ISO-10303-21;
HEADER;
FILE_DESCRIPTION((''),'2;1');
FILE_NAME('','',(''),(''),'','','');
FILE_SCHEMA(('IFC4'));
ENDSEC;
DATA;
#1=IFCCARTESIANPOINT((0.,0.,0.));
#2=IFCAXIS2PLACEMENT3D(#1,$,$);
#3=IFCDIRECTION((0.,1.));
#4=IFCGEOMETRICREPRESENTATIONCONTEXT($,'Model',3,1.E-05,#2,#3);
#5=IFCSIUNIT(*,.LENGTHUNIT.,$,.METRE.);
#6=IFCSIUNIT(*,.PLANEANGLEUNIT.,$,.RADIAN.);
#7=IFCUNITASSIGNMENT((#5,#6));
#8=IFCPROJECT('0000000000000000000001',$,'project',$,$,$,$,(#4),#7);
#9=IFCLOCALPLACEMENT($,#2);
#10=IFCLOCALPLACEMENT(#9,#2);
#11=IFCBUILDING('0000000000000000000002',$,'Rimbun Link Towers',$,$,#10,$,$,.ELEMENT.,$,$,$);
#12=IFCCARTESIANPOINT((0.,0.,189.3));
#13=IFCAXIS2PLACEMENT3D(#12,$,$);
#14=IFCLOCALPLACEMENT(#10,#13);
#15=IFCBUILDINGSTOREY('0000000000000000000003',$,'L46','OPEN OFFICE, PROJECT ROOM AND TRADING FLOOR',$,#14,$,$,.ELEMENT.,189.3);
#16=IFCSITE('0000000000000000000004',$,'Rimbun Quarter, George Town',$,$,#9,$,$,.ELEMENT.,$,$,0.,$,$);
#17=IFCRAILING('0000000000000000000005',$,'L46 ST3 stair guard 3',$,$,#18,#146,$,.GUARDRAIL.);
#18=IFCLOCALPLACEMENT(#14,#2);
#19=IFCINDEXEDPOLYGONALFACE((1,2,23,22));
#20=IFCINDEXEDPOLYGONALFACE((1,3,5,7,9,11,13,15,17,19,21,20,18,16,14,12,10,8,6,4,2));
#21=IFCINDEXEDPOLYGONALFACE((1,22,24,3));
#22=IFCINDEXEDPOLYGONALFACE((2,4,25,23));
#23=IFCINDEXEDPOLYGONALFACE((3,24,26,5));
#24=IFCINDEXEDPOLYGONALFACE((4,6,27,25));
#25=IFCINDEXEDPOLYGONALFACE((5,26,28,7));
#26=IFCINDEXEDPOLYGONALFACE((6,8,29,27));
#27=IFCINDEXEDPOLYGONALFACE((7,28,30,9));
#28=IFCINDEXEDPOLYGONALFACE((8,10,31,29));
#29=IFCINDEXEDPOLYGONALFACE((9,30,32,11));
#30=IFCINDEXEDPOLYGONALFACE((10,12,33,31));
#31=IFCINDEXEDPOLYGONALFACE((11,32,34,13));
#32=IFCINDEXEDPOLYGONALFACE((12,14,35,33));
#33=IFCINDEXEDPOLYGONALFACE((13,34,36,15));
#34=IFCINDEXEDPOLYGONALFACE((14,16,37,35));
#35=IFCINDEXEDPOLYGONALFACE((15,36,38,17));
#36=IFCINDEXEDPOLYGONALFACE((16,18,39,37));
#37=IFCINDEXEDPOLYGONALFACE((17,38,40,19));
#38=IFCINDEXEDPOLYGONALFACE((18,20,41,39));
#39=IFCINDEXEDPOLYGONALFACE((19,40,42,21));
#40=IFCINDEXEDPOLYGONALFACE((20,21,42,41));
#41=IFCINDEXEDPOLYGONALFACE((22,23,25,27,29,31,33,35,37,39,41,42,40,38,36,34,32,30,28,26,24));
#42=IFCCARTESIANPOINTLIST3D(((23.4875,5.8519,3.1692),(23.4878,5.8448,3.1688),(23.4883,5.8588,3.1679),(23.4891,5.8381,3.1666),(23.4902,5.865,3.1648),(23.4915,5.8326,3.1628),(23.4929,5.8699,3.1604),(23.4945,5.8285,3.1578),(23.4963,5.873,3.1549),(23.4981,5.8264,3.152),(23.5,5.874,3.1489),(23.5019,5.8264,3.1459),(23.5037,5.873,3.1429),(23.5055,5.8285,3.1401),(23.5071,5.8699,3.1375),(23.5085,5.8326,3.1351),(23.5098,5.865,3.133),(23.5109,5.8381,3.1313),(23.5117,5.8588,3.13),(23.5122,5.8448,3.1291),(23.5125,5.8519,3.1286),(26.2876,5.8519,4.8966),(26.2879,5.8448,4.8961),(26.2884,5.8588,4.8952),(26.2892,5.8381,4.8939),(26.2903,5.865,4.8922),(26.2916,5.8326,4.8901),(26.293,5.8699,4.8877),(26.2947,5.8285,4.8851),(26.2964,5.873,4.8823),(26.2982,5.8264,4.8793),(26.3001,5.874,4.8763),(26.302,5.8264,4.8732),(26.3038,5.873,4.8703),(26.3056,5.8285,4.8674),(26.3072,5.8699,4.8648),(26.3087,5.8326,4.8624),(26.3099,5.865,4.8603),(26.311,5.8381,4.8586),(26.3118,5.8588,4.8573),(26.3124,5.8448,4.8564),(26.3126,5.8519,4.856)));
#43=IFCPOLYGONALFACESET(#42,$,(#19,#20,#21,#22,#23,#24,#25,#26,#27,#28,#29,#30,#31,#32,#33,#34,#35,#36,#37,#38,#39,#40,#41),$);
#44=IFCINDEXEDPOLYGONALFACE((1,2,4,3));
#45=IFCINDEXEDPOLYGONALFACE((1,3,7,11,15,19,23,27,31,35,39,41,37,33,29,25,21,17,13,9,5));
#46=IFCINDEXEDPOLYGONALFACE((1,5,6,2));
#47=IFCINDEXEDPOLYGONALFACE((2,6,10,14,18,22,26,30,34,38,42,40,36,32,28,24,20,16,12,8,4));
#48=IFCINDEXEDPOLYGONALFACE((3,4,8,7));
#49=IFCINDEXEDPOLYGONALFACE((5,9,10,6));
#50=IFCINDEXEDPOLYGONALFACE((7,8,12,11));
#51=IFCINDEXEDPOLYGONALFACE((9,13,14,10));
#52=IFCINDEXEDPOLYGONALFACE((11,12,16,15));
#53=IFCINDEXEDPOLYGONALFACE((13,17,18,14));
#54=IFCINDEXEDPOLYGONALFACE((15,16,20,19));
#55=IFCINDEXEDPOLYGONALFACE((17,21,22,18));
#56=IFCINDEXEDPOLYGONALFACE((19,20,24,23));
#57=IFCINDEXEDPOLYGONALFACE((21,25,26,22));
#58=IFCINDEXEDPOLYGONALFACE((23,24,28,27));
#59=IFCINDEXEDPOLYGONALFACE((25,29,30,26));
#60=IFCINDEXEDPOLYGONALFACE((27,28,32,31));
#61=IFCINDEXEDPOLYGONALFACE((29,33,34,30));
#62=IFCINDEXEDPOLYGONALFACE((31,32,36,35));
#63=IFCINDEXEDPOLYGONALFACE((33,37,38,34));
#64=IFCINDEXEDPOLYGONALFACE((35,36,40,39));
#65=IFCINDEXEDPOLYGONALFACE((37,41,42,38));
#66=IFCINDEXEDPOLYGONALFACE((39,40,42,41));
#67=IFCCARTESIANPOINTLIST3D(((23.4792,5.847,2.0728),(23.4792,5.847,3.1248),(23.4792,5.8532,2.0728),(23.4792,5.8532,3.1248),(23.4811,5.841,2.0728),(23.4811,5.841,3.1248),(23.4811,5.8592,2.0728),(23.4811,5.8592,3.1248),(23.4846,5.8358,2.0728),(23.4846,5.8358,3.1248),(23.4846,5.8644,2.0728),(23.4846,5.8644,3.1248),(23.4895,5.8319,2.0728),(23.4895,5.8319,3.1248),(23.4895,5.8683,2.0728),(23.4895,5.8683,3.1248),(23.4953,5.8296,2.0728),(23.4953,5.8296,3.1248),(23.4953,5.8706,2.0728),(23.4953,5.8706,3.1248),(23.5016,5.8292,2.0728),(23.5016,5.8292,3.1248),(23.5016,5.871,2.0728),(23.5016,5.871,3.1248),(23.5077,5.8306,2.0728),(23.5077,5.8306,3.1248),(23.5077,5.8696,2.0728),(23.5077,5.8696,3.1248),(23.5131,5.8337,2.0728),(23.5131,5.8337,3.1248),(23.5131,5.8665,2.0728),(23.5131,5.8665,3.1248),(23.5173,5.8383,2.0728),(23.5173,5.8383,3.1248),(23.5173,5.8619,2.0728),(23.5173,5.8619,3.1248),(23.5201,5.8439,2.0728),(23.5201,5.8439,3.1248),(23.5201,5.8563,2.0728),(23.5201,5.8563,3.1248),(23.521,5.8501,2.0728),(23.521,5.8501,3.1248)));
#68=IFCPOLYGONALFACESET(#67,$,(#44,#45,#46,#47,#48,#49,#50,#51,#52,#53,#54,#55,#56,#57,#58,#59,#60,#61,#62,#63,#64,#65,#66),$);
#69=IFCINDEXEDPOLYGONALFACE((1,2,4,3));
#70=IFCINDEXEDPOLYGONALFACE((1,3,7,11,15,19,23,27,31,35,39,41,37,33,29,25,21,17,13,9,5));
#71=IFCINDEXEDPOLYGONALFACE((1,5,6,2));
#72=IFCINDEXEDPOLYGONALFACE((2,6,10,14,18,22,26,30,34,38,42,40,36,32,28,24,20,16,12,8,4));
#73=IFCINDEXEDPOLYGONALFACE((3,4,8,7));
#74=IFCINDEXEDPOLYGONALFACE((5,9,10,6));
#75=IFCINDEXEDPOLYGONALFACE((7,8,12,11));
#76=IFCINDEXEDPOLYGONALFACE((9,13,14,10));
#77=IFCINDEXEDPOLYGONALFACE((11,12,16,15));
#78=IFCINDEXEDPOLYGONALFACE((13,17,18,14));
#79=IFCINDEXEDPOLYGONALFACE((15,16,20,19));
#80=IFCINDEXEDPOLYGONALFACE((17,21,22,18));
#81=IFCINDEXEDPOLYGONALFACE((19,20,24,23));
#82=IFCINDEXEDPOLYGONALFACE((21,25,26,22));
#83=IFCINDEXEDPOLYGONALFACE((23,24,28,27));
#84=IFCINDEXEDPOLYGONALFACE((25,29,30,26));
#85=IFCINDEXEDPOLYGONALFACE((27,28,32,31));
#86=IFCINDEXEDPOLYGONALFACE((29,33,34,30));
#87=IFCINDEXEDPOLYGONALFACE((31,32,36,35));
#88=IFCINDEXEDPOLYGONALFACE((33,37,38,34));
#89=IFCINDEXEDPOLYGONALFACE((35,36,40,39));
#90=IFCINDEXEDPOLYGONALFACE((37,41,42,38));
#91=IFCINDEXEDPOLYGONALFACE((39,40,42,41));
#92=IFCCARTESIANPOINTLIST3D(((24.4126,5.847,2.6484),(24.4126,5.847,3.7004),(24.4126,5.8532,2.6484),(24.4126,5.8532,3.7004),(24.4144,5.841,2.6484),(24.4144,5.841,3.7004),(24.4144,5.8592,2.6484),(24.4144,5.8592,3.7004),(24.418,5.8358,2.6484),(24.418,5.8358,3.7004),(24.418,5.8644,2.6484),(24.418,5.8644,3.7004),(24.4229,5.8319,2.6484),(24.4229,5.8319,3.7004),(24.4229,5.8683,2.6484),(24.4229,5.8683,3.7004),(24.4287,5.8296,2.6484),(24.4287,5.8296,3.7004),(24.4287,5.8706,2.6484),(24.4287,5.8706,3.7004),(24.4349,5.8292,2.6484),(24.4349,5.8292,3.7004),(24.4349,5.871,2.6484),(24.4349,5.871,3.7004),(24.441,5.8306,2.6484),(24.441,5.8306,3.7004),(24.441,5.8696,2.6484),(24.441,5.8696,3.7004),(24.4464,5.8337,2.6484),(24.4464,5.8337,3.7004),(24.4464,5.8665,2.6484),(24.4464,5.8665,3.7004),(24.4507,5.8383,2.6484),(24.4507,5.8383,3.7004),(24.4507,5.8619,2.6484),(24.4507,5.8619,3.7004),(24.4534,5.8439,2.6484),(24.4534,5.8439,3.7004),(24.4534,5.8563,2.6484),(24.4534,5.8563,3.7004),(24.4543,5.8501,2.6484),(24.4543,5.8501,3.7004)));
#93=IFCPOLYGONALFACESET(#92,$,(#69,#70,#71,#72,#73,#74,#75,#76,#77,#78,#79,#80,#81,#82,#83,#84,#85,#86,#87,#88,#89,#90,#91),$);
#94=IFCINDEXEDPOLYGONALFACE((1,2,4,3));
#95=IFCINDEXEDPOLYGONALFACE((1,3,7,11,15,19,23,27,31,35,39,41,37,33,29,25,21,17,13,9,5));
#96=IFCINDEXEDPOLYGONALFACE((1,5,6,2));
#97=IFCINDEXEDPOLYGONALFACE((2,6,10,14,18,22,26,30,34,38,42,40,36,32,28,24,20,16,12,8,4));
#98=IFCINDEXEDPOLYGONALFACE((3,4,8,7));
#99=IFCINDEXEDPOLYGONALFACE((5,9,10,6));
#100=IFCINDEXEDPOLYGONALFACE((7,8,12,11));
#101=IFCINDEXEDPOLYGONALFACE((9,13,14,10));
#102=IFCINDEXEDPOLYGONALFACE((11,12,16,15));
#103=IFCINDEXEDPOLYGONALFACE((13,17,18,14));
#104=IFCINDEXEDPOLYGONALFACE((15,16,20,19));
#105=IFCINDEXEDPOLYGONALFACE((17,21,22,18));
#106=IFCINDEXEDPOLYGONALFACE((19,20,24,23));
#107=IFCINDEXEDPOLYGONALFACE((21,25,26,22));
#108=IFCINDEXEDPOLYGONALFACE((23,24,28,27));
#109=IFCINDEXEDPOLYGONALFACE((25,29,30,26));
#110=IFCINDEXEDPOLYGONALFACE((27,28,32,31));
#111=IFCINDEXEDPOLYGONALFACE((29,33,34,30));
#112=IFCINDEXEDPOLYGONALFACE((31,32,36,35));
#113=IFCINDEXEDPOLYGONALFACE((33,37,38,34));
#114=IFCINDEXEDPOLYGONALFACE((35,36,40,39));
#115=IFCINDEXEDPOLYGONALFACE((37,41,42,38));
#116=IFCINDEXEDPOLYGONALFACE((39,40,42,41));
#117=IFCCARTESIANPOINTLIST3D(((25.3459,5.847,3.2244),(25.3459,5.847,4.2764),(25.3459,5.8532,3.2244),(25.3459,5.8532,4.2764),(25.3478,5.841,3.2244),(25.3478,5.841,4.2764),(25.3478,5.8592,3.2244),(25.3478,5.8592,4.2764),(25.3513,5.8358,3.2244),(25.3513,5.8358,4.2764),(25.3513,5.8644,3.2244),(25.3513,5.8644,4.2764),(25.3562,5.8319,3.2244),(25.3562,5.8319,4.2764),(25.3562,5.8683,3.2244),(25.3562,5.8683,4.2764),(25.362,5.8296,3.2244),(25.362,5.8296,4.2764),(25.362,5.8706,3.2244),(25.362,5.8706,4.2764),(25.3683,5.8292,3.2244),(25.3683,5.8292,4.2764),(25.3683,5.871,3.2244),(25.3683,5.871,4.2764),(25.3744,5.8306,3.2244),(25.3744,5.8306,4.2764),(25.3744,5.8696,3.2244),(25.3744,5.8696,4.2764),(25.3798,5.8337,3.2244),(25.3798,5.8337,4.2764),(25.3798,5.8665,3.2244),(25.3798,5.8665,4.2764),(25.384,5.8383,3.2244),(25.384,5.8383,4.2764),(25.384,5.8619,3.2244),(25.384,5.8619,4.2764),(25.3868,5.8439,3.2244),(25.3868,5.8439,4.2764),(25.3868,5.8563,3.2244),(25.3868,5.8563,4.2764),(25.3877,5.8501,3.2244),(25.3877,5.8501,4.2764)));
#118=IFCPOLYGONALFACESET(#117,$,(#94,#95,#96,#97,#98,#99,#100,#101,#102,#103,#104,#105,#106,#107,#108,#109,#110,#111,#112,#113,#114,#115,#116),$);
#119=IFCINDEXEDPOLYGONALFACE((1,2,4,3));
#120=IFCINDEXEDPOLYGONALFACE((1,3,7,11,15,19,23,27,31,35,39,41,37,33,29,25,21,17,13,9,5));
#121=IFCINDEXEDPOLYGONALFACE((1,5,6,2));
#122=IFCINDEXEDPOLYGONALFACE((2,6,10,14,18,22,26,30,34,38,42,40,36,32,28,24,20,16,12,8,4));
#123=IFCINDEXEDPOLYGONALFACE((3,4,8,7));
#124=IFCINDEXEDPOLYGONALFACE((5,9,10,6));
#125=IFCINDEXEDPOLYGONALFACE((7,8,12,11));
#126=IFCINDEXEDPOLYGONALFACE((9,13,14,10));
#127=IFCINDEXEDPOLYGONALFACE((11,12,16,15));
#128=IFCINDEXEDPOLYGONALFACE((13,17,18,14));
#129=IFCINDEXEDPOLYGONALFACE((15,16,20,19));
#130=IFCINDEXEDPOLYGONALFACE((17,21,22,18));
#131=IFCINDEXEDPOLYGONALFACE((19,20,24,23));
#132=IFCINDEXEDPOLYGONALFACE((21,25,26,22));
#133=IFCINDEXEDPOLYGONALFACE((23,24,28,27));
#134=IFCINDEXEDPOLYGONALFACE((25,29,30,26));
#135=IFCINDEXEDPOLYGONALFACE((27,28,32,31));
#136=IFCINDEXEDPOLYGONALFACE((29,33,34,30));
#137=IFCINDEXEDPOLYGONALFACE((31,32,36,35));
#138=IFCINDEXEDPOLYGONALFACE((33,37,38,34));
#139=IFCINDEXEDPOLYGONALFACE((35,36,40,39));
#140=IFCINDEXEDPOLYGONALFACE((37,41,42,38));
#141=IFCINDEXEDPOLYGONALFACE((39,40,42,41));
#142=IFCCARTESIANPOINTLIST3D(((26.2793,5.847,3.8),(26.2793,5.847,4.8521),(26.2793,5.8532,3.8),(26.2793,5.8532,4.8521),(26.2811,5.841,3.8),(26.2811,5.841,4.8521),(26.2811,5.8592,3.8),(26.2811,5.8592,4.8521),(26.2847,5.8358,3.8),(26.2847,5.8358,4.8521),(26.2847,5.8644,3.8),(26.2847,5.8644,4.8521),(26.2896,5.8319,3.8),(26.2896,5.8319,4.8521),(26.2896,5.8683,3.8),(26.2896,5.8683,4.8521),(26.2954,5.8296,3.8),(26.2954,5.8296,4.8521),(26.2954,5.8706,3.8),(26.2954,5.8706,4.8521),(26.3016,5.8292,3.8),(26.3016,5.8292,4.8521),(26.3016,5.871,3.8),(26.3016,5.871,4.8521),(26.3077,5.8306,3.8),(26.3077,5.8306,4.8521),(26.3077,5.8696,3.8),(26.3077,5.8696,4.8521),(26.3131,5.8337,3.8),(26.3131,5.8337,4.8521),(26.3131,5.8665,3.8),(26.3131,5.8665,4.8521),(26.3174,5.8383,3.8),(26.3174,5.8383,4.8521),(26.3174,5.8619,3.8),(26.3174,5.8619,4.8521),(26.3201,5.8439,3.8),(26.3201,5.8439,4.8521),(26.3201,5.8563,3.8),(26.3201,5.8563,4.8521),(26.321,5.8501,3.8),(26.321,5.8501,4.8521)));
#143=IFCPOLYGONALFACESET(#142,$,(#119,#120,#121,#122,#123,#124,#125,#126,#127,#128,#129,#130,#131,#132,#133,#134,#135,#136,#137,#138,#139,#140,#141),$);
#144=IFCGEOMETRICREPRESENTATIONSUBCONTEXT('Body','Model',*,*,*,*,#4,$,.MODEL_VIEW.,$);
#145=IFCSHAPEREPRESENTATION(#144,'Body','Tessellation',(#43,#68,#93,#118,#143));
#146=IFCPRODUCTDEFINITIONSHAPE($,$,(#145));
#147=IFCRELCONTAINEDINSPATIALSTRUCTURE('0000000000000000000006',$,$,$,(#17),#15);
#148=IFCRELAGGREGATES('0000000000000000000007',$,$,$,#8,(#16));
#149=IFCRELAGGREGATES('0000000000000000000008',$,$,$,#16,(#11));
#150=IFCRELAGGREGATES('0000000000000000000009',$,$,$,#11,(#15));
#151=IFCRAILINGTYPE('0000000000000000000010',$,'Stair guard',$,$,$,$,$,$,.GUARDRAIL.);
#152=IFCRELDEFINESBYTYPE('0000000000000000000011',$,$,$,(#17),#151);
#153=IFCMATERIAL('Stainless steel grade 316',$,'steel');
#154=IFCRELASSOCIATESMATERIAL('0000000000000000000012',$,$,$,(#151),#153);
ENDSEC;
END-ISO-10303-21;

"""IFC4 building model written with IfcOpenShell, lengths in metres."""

from ifc_helpers import new_model, si_unit, direction, frame, origin, origin_2d, place, context, subcontext, project, spatial, circle, extrude, material, type_object, element, save


model = new_model("IFC4")

# Units and contexts
model_context = context("Model", 3, precision=1e-05, world=origin(), true_north=direction((0.0, 1.0)))
body_context = subcontext(model_context, "Body", "Model", "MODEL_VIEW")
ifc_project = project(units=[si_unit("LENGTHUNIT", "METRE"), si_unit("PLANEANGLEUNIT", "RADIAN")], contexts=[model_context])

# Site, building, storey
site_placement = place(None, origin())
site = spatial("IfcSite", under=ifc_project, at=site_placement, Name="Rimbun Quarter, George Town", CompositionType="ELEMENT", RefElevation=0.0)
building_placement = place(site_placement, origin())
building = spatial("IfcBuilding", under=site, at=building_placement, Name="Rimbun Link Towers", CompositionType="ELEMENT")
storey_placement = place(building_placement, frame((0.0, 0.0, 189.3)))
storey = spatial("IfcBuildingStorey", under=building, at=storey_placement, Name="L46", Description="OPEN OFFICE, PROJECT ROOM AND TRADING FLOOR", CompositionType="ELEMENT", Elevation=189.3)

# Railing
ifc_material_1 = material(Name="Stainless steel grade 316", Category="steel")
railing_type_1 = type_object("IfcRailingType", Name="Stair guard", PredefinedType="GUARDRAIL", material=ifc_material_1)
railing_1_placement = place(storey_placement, frame((23.5, 5.8501, 2.0728)))
element("IfcRailing", 1, at=railing_1_placement, inside=storey, type_object=railing_type_1, Name="L46 ST3 stair guard 3", PredefinedType="GUARDRAIL", context=body_context, shape_type="SweptSolid", body=[
    extrude(circle(Radius=0.0239, at=origin_2d()), frame((0.0, 0.0, 1.0762), z_axis=(0.85109, 0.0, 0.52502), x_axis=(0.0, 1.0, 0.0)), (0.0, 0.0, 1.0), 3.29),
    extrude(circle(Radius=0.021, at=origin_2d()), origin(), (0.0, 0.0, 1.0), 1.052),
    extrude(circle(Radius=0.021, at=origin_2d()), frame((0.9333, 0.0, 0.5757)), (0.0, 0.0, 1.0), 1.052),
    extrude(circle(Radius=0.021, at=origin_2d()), frame((1.8667, 0.0, 1.1516)), (0.0, 0.0, 1.0), 1.052),
    extrude(circle(Radius=0.021, at=origin_2d()), frame((2.8, 0.0, 1.7273)), (0.0, 0.0, 1.0), 1.052),
])

save(model, "model.ifc")
